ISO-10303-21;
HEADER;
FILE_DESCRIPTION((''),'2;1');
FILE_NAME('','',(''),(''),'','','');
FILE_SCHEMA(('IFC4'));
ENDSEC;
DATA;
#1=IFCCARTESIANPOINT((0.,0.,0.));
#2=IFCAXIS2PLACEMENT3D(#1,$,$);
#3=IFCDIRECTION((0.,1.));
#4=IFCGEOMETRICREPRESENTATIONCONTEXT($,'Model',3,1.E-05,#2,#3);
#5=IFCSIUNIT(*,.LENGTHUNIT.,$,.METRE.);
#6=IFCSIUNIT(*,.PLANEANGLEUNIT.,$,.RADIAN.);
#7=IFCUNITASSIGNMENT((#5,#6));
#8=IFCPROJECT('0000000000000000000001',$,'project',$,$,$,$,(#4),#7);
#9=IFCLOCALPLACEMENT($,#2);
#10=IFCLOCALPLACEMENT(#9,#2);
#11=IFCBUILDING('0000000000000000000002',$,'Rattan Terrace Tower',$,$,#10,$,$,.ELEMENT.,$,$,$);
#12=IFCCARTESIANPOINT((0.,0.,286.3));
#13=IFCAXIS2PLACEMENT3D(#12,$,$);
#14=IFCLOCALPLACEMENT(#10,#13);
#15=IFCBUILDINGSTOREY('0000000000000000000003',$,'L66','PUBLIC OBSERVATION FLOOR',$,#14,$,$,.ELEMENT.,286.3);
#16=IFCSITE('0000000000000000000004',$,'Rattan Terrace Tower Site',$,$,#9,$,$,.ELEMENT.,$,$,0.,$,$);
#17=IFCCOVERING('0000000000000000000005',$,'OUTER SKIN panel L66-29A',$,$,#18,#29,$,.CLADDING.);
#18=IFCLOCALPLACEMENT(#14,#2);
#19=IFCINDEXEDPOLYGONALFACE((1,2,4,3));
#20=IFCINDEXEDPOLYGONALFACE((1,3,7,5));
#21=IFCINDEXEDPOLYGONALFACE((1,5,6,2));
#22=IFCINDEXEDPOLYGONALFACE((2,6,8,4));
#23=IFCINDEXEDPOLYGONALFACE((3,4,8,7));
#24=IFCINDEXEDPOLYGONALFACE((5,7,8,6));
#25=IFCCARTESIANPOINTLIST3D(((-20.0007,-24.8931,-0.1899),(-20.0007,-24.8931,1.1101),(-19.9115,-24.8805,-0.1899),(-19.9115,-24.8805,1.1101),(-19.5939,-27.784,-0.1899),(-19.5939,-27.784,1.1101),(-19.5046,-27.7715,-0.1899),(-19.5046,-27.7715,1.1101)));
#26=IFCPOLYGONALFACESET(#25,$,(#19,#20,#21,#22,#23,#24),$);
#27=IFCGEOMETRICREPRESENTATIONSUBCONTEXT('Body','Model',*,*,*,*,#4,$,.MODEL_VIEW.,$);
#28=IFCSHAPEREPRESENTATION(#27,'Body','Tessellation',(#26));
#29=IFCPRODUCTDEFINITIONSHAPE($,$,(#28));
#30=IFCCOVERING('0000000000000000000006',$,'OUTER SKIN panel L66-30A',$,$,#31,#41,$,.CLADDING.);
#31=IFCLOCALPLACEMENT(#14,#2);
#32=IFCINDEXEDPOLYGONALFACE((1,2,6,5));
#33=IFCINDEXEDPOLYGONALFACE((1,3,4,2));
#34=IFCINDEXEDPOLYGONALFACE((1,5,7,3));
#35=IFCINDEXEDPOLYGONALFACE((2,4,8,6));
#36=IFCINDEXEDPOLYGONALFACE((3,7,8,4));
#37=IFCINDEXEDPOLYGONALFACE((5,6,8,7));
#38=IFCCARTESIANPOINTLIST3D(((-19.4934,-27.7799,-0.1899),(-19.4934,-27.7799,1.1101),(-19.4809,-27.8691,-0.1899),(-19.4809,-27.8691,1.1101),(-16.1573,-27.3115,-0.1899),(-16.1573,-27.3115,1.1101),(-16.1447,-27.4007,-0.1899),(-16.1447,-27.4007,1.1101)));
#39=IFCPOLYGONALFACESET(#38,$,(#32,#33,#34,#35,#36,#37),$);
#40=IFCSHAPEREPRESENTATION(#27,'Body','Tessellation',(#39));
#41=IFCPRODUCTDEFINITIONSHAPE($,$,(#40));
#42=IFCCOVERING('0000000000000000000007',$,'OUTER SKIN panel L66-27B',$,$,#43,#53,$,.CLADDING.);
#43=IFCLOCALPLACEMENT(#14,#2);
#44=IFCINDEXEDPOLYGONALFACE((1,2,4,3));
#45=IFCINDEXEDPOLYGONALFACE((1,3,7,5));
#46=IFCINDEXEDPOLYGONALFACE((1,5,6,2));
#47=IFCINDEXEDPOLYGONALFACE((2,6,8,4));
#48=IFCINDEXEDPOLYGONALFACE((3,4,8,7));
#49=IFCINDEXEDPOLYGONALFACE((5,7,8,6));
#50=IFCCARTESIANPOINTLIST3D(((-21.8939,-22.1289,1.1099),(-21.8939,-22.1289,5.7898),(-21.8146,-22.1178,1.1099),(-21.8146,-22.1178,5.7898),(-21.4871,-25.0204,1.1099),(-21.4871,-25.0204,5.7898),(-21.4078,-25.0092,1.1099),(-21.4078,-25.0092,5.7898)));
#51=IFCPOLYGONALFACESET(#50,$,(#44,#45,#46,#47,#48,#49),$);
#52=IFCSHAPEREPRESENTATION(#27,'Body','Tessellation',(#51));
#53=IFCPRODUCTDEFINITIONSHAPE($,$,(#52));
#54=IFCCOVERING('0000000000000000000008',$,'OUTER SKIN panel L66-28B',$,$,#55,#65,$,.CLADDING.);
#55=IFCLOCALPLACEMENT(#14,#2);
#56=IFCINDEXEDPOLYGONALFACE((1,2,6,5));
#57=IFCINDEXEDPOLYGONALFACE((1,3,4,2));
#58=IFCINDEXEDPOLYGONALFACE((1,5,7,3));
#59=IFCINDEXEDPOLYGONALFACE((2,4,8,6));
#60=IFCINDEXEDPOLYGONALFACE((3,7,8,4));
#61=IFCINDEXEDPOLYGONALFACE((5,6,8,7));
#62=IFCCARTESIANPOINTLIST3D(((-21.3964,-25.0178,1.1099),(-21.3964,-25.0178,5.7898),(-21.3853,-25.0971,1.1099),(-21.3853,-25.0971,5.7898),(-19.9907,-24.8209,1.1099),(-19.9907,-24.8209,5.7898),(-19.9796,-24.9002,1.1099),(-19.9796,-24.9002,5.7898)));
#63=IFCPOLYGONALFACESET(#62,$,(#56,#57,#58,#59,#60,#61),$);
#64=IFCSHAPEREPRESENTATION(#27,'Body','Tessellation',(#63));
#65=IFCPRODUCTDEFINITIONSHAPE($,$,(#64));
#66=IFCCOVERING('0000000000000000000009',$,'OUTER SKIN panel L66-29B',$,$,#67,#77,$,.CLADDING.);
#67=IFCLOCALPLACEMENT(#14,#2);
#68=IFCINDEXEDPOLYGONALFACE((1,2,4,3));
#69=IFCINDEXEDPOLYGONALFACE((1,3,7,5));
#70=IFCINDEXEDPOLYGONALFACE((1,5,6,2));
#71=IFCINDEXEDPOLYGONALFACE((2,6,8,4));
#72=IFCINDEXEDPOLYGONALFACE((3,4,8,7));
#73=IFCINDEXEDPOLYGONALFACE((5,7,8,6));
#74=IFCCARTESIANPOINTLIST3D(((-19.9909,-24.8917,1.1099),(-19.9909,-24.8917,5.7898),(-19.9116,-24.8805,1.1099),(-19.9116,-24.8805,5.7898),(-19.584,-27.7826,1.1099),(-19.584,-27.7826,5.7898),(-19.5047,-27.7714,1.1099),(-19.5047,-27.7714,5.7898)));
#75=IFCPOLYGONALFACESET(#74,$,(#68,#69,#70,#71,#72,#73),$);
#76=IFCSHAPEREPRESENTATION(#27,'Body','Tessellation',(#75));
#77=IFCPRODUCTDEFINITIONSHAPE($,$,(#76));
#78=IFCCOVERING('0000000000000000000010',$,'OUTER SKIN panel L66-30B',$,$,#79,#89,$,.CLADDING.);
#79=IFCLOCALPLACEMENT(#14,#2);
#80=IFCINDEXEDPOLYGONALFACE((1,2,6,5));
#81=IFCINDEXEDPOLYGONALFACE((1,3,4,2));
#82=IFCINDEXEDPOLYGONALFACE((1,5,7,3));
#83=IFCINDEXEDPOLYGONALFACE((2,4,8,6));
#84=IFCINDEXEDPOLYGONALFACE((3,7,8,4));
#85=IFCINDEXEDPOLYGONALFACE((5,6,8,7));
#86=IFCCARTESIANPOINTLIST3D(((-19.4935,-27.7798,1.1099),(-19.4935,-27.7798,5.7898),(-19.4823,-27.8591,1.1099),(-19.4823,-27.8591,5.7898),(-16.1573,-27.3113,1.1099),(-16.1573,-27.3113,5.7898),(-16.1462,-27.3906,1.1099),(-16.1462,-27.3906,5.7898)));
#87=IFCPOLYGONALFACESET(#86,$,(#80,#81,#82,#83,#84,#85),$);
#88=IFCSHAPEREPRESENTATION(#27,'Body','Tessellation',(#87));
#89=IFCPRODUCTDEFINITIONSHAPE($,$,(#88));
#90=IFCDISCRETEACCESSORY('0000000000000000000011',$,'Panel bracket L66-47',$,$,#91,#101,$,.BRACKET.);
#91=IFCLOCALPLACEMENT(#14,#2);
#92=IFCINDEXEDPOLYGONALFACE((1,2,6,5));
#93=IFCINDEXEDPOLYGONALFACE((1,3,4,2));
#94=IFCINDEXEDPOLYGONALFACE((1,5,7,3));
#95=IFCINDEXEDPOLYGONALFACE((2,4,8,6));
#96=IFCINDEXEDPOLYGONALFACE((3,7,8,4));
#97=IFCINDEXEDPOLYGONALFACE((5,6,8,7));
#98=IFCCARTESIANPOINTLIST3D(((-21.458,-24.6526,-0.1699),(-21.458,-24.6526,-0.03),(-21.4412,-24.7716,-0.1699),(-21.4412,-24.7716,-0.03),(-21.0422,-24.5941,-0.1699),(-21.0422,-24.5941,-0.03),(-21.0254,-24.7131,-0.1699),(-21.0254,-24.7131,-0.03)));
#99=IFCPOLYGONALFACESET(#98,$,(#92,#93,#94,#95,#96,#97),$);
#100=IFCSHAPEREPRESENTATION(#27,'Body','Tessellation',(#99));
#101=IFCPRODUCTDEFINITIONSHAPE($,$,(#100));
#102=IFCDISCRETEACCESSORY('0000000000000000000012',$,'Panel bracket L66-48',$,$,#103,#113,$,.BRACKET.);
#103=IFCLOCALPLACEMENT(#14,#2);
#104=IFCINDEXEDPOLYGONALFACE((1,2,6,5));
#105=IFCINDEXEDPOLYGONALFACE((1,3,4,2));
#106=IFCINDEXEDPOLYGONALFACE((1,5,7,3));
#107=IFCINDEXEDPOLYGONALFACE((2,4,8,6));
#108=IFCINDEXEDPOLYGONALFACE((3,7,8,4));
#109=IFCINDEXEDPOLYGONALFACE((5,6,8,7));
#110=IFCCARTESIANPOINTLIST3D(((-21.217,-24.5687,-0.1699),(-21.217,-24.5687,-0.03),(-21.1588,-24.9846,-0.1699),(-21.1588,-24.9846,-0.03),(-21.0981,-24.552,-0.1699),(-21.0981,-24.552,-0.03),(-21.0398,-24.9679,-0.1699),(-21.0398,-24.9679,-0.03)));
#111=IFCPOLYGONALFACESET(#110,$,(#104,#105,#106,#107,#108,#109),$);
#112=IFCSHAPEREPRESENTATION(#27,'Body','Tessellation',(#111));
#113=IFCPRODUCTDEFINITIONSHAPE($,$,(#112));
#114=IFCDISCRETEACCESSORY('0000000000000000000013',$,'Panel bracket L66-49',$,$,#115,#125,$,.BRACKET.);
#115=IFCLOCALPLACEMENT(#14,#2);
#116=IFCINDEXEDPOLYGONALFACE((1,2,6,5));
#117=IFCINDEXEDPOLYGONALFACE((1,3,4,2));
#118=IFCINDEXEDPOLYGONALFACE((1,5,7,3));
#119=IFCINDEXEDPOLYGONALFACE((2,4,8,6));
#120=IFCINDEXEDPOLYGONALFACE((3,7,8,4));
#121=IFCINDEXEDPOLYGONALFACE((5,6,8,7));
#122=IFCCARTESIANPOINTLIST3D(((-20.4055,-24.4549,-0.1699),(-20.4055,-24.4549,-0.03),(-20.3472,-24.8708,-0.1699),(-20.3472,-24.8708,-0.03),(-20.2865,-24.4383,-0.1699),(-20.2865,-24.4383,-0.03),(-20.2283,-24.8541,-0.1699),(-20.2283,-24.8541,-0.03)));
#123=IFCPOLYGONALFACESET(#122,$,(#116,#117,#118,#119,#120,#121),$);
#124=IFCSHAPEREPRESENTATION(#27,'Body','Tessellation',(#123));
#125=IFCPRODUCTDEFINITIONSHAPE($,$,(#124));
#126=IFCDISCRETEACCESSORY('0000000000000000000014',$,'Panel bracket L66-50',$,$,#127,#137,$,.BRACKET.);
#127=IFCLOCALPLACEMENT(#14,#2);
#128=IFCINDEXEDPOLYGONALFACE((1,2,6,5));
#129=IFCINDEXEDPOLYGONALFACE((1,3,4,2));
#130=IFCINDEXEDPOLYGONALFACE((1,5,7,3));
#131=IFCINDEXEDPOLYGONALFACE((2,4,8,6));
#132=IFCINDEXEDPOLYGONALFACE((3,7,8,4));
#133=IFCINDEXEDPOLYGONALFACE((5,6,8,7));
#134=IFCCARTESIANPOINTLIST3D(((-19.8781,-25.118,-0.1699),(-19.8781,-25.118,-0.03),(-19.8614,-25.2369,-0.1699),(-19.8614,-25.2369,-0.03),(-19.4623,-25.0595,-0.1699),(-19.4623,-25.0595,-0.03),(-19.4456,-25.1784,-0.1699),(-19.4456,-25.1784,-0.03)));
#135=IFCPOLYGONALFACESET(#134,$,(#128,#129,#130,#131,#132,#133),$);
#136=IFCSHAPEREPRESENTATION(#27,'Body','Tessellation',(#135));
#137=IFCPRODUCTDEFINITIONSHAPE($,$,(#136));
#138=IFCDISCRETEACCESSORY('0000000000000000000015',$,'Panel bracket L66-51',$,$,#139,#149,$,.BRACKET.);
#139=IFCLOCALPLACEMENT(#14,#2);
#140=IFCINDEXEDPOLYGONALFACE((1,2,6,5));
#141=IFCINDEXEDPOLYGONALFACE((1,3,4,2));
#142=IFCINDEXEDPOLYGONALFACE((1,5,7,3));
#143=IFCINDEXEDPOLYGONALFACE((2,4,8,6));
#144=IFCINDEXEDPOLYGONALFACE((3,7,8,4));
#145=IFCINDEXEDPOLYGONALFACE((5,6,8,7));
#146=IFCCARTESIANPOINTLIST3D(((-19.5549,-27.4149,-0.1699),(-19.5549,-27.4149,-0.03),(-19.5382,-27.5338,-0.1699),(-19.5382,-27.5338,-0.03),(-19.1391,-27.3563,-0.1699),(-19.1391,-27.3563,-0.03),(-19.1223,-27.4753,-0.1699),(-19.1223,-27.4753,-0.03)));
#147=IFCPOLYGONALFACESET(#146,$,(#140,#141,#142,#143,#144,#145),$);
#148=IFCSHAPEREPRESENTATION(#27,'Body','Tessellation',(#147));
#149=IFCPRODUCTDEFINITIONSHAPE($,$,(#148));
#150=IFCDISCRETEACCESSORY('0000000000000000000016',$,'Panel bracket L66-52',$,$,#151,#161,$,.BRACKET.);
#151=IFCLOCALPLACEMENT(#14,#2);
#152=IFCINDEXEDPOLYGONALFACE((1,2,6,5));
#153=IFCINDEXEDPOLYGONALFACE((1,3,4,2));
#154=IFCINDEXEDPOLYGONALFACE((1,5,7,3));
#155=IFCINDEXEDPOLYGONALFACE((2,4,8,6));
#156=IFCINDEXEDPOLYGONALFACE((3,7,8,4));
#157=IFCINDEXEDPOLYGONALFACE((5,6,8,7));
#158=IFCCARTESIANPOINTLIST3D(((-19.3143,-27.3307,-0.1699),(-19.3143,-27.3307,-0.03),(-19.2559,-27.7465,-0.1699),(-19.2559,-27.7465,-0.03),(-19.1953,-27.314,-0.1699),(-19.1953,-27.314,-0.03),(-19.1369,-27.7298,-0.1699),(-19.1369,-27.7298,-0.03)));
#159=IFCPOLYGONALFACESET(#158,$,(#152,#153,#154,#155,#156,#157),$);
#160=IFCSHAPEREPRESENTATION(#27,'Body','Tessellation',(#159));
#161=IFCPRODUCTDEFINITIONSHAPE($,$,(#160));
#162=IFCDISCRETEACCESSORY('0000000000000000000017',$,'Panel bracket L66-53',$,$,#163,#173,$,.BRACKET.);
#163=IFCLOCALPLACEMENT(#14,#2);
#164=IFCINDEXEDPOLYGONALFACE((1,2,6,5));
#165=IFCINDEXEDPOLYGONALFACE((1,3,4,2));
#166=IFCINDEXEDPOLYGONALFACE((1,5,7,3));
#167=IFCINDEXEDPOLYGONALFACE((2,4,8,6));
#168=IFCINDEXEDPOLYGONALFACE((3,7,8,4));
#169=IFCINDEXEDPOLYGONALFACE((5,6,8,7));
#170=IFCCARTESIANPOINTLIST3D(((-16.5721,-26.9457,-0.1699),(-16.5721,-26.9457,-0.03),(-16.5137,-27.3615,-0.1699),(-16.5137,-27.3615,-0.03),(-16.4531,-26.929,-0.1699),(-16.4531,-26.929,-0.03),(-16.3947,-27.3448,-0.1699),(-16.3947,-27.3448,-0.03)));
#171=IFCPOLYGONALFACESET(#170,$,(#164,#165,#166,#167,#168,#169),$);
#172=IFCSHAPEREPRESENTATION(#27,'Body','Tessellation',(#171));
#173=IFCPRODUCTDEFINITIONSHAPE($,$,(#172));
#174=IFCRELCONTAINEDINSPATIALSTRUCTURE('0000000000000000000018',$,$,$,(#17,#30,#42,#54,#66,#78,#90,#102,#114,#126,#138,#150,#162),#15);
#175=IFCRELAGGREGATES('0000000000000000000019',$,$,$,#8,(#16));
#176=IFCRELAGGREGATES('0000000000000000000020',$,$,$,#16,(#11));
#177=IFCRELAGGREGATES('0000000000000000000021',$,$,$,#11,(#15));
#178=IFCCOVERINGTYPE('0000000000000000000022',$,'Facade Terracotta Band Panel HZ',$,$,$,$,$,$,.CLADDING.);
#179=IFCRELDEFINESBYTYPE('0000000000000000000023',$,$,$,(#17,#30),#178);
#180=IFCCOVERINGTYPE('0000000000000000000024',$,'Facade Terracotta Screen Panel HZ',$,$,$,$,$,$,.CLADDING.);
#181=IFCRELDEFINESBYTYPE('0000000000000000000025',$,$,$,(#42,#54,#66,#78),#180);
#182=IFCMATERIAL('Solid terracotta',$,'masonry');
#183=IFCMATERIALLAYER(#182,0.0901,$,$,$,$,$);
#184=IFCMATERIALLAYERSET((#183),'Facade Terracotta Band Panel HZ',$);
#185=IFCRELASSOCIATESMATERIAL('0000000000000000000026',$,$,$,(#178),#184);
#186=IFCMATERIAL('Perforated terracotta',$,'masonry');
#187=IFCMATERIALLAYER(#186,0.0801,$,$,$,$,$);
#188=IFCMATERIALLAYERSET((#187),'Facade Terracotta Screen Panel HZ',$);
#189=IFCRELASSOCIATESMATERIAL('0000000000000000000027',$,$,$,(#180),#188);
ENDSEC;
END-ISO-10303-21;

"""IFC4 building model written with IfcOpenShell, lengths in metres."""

from ifc_helpers import new_model, si_unit, direction, frame, origin, origin_2d, place, context, subcontext, project, spatial, rectangle, extrude, material, layer, layer_set, type_object, element, save


model = new_model("IFC4")

# Units and contexts
model_context = context("Model", 3, precision=1e-05, world=origin(), true_north=direction((0.0, 1.0)))
body_context = subcontext(model_context, "Body", "Model", "MODEL_VIEW")
ifc_project = project(units=[si_unit("LENGTHUNIT", "METRE"), si_unit("PLANEANGLEUNIT", "RADIAN")], contexts=[model_context])

# Site, building, storey
site_placement = place(None, origin())
site = spatial("IfcSite", under=ifc_project, at=site_placement, Name="Rattan Terrace Tower Site", CompositionType="ELEMENT", RefElevation=0.0)
building_placement = place(site_placement, origin())
building = spatial("IfcBuilding", under=site, at=building_placement, Name="Rattan Terrace Tower", CompositionType="ELEMENT")
storey_placement = place(building_placement, frame((0.0, 0.0, 286.3)))
storey = spatial("IfcBuildingStorey", under=building, at=storey_placement, Name="L66", Description="PUBLIC OBSERVATION FLOOR", CompositionType="ELEMENT", Elevation=286.3)

# Coverings
ifc_material_1 = material(Name="Solid terracotta", Category="masonry")
ifc_layer_1 = layer(ifc_material_1, 0.0901)
ifc_layer_set_1 = layer_set([ifc_layer_1], Name="Facade Terracotta Band Panel HZ")
covering_type_1 = type_object("IfcCoveringType", Name="Facade Terracotta Band Panel HZ", PredefinedType="CLADDING", material=ifc_layer_set_1)
covering_1_placement = place(storey_placement, frame((-19.7527, -26.3323, -0.1899), z_axis=(0.0, 0.0, 1.0), x_axis=(0.139367, -0.990241, 0.0)))
element("IfcCovering", 1, at=covering_1_placement, inside=storey, type_object=covering_type_1, Name="OUTER SKIN panel L66-29A", PredefinedType="CLADDING", context=body_context, shape_type="SweptSolid", body=[
    extrude(rectangle(XDim=2.9194, YDim=0.0901, at=origin_2d()), origin(), (0.0, 0.0, 1.0), 1.3),
])
covering_2_placement = place(storey_placement, frame((-17.8191, -27.5903, -0.1899), z_axis=(0.0, 0.0, 1.0), x_axis=(0.990287, 0.13904, 0.0)))
element("IfcCovering", 2, at=covering_2_placement, inside=storey, type_object=covering_type_1, Name="OUTER SKIN panel L66-30A", PredefinedType="CLADDING", context=body_context, shape_type="SweptSolid", body=[
    extrude(rectangle(XDim=3.3689, YDim=0.0901, at=origin_2d()), origin(), (0.0, 0.0, 1.0), 1.3),
])
ifc_material_2 = material(Name="Perforated terracotta", Category="masonry")
ifc_layer_2 = layer(ifc_material_2, 0.0801)
ifc_layer_set_2 = layer_set([ifc_layer_2], Name="Facade Terracotta Screen Panel HZ")
covering_type_2 = type_object("IfcCoveringType", Name="Facade Terracotta Screen Panel HZ", PredefinedType="CLADDING", material=ifc_layer_set_2)
covering_3_placement = place(storey_placement, frame((-21.6509, -23.5691, 1.1099), z_axis=(0.0, 0.0, 1.0), x_axis=(0.139321, -0.990247, 0.0)))
element("IfcCovering", 3, at=covering_3_placement, inside=storey, type_object=covering_type_2, Name="OUTER SKIN panel L66-27B", PredefinedType="CLADDING", context=body_context, shape_type="SweptSolid", body=[
    extrude(rectangle(XDim=2.9199, YDim=0.0801, at=origin_2d()), origin(), (0.0, 0.0, 1.0), 4.6799),
])
covering_4_placement = place(storey_placement, frame((-20.688, -24.959, 1.1099), z_axis=(0.0, 0.0, 1.0), x_axis=(0.990333, 0.138713, 0.0)))
element("IfcCovering", 4, at=covering_4_placement, inside=storey, type_object=covering_type_2, Name="OUTER SKIN panel L66-28B", PredefinedType="CLADDING", context=body_context, shape_type="SweptSolid", body=[
    extrude(rectangle(XDim=1.4194, YDim=0.0801, at=origin_2d()), origin(), (0.0, 0.0, 1.0), 4.6799),
])
covering_5_placement = place(storey_placement, frame((-19.7478, -26.3315, 1.1099), z_axis=(0.0, 0.0, 1.0), x_axis=(0.139367, -0.990241, 0.0)))
element("IfcCovering", 5, at=covering_5_placement, inside=storey, type_object=covering_type_2, Name="OUTER SKIN panel L66-29B", PredefinedType="CLADDING", context=body_context, shape_type="SweptSolid", body=[
    extrude(rectangle(XDim=2.9194, YDim=0.0801, at=origin_2d()), origin(), (0.0, 0.0, 1.0), 4.6799),
])
covering_6_placement = place(storey_placement, frame((-17.8198, -27.5852, 1.1099), z_axis=(0.0, 0.0, 1.0), x_axis=(0.990287, 0.13904, 0.0)))
element("IfcCovering", 6, at=covering_6_placement, inside=storey, type_object=covering_type_2, Name="OUTER SKIN panel L66-30B", PredefinedType="CLADDING", context=body_context, shape_type="SweptSolid", body=[
    extrude(rectangle(XDim=3.3689, YDim=0.0801, at=origin_2d()), origin(), (0.0, 0.0, 1.0), 4.6799),
])

# Discrete accessories
for number, where, z_axis, x_axis, name in (
    (7, (-21.2417, -24.6829, -0.1699), (0.0, 0.0, 1.0), (0.139321, -0.990247, 0.0), "Panel bracket L66-47"),
    (8, (-21.1284, -24.7683, -0.1699), (0.0, 0.0, 1.0), (0.990333, 0.138713, 0.0), "Panel bracket L66-48"),
    (9, (-20.3169, -24.6545, -0.1699), (0.0, 0.0, 1.0), (0.990333, 0.138713, 0.0), "Panel bracket L66-49"),
    (10, (-19.6619, -25.1482, -0.1699), (0.0, 0.0, 1.0), (0.139367, -0.990241, 0.0), "Panel bracket L66-50"),
    (11, (-19.3386, -27.4451, -0.1699), (0.0, 0.0, 1.0), (0.139367, -0.990241, 0.0), "Panel bracket L66-51"),
    (12, (-19.2256, -27.5303, -0.1699), (0.0, 0.0, 1.0), (0.990287, 0.13904, 0.0), "Panel bracket L66-52"),
    (13, (-16.4834, -27.1453, -0.1699), (0.0, 0.0, 1.0), (0.990287, 0.13904, 0.0), "Panel bracket L66-53"),
):
    element("IfcDiscreteAccessory", number, at=place(storey_placement, frame(where, z_axis=z_axis, x_axis=x_axis)), inside=storey, Name=name, PredefinedType="BRACKET", context=body_context, shape_type="SweptSolid", body=[
        extrude(rectangle(XDim=0.1201, YDim=0.4199, at=origin_2d()), origin(), (0.0, 0.0, 1.0), 0.1399),
    ])

save(model, "model.ifc")
